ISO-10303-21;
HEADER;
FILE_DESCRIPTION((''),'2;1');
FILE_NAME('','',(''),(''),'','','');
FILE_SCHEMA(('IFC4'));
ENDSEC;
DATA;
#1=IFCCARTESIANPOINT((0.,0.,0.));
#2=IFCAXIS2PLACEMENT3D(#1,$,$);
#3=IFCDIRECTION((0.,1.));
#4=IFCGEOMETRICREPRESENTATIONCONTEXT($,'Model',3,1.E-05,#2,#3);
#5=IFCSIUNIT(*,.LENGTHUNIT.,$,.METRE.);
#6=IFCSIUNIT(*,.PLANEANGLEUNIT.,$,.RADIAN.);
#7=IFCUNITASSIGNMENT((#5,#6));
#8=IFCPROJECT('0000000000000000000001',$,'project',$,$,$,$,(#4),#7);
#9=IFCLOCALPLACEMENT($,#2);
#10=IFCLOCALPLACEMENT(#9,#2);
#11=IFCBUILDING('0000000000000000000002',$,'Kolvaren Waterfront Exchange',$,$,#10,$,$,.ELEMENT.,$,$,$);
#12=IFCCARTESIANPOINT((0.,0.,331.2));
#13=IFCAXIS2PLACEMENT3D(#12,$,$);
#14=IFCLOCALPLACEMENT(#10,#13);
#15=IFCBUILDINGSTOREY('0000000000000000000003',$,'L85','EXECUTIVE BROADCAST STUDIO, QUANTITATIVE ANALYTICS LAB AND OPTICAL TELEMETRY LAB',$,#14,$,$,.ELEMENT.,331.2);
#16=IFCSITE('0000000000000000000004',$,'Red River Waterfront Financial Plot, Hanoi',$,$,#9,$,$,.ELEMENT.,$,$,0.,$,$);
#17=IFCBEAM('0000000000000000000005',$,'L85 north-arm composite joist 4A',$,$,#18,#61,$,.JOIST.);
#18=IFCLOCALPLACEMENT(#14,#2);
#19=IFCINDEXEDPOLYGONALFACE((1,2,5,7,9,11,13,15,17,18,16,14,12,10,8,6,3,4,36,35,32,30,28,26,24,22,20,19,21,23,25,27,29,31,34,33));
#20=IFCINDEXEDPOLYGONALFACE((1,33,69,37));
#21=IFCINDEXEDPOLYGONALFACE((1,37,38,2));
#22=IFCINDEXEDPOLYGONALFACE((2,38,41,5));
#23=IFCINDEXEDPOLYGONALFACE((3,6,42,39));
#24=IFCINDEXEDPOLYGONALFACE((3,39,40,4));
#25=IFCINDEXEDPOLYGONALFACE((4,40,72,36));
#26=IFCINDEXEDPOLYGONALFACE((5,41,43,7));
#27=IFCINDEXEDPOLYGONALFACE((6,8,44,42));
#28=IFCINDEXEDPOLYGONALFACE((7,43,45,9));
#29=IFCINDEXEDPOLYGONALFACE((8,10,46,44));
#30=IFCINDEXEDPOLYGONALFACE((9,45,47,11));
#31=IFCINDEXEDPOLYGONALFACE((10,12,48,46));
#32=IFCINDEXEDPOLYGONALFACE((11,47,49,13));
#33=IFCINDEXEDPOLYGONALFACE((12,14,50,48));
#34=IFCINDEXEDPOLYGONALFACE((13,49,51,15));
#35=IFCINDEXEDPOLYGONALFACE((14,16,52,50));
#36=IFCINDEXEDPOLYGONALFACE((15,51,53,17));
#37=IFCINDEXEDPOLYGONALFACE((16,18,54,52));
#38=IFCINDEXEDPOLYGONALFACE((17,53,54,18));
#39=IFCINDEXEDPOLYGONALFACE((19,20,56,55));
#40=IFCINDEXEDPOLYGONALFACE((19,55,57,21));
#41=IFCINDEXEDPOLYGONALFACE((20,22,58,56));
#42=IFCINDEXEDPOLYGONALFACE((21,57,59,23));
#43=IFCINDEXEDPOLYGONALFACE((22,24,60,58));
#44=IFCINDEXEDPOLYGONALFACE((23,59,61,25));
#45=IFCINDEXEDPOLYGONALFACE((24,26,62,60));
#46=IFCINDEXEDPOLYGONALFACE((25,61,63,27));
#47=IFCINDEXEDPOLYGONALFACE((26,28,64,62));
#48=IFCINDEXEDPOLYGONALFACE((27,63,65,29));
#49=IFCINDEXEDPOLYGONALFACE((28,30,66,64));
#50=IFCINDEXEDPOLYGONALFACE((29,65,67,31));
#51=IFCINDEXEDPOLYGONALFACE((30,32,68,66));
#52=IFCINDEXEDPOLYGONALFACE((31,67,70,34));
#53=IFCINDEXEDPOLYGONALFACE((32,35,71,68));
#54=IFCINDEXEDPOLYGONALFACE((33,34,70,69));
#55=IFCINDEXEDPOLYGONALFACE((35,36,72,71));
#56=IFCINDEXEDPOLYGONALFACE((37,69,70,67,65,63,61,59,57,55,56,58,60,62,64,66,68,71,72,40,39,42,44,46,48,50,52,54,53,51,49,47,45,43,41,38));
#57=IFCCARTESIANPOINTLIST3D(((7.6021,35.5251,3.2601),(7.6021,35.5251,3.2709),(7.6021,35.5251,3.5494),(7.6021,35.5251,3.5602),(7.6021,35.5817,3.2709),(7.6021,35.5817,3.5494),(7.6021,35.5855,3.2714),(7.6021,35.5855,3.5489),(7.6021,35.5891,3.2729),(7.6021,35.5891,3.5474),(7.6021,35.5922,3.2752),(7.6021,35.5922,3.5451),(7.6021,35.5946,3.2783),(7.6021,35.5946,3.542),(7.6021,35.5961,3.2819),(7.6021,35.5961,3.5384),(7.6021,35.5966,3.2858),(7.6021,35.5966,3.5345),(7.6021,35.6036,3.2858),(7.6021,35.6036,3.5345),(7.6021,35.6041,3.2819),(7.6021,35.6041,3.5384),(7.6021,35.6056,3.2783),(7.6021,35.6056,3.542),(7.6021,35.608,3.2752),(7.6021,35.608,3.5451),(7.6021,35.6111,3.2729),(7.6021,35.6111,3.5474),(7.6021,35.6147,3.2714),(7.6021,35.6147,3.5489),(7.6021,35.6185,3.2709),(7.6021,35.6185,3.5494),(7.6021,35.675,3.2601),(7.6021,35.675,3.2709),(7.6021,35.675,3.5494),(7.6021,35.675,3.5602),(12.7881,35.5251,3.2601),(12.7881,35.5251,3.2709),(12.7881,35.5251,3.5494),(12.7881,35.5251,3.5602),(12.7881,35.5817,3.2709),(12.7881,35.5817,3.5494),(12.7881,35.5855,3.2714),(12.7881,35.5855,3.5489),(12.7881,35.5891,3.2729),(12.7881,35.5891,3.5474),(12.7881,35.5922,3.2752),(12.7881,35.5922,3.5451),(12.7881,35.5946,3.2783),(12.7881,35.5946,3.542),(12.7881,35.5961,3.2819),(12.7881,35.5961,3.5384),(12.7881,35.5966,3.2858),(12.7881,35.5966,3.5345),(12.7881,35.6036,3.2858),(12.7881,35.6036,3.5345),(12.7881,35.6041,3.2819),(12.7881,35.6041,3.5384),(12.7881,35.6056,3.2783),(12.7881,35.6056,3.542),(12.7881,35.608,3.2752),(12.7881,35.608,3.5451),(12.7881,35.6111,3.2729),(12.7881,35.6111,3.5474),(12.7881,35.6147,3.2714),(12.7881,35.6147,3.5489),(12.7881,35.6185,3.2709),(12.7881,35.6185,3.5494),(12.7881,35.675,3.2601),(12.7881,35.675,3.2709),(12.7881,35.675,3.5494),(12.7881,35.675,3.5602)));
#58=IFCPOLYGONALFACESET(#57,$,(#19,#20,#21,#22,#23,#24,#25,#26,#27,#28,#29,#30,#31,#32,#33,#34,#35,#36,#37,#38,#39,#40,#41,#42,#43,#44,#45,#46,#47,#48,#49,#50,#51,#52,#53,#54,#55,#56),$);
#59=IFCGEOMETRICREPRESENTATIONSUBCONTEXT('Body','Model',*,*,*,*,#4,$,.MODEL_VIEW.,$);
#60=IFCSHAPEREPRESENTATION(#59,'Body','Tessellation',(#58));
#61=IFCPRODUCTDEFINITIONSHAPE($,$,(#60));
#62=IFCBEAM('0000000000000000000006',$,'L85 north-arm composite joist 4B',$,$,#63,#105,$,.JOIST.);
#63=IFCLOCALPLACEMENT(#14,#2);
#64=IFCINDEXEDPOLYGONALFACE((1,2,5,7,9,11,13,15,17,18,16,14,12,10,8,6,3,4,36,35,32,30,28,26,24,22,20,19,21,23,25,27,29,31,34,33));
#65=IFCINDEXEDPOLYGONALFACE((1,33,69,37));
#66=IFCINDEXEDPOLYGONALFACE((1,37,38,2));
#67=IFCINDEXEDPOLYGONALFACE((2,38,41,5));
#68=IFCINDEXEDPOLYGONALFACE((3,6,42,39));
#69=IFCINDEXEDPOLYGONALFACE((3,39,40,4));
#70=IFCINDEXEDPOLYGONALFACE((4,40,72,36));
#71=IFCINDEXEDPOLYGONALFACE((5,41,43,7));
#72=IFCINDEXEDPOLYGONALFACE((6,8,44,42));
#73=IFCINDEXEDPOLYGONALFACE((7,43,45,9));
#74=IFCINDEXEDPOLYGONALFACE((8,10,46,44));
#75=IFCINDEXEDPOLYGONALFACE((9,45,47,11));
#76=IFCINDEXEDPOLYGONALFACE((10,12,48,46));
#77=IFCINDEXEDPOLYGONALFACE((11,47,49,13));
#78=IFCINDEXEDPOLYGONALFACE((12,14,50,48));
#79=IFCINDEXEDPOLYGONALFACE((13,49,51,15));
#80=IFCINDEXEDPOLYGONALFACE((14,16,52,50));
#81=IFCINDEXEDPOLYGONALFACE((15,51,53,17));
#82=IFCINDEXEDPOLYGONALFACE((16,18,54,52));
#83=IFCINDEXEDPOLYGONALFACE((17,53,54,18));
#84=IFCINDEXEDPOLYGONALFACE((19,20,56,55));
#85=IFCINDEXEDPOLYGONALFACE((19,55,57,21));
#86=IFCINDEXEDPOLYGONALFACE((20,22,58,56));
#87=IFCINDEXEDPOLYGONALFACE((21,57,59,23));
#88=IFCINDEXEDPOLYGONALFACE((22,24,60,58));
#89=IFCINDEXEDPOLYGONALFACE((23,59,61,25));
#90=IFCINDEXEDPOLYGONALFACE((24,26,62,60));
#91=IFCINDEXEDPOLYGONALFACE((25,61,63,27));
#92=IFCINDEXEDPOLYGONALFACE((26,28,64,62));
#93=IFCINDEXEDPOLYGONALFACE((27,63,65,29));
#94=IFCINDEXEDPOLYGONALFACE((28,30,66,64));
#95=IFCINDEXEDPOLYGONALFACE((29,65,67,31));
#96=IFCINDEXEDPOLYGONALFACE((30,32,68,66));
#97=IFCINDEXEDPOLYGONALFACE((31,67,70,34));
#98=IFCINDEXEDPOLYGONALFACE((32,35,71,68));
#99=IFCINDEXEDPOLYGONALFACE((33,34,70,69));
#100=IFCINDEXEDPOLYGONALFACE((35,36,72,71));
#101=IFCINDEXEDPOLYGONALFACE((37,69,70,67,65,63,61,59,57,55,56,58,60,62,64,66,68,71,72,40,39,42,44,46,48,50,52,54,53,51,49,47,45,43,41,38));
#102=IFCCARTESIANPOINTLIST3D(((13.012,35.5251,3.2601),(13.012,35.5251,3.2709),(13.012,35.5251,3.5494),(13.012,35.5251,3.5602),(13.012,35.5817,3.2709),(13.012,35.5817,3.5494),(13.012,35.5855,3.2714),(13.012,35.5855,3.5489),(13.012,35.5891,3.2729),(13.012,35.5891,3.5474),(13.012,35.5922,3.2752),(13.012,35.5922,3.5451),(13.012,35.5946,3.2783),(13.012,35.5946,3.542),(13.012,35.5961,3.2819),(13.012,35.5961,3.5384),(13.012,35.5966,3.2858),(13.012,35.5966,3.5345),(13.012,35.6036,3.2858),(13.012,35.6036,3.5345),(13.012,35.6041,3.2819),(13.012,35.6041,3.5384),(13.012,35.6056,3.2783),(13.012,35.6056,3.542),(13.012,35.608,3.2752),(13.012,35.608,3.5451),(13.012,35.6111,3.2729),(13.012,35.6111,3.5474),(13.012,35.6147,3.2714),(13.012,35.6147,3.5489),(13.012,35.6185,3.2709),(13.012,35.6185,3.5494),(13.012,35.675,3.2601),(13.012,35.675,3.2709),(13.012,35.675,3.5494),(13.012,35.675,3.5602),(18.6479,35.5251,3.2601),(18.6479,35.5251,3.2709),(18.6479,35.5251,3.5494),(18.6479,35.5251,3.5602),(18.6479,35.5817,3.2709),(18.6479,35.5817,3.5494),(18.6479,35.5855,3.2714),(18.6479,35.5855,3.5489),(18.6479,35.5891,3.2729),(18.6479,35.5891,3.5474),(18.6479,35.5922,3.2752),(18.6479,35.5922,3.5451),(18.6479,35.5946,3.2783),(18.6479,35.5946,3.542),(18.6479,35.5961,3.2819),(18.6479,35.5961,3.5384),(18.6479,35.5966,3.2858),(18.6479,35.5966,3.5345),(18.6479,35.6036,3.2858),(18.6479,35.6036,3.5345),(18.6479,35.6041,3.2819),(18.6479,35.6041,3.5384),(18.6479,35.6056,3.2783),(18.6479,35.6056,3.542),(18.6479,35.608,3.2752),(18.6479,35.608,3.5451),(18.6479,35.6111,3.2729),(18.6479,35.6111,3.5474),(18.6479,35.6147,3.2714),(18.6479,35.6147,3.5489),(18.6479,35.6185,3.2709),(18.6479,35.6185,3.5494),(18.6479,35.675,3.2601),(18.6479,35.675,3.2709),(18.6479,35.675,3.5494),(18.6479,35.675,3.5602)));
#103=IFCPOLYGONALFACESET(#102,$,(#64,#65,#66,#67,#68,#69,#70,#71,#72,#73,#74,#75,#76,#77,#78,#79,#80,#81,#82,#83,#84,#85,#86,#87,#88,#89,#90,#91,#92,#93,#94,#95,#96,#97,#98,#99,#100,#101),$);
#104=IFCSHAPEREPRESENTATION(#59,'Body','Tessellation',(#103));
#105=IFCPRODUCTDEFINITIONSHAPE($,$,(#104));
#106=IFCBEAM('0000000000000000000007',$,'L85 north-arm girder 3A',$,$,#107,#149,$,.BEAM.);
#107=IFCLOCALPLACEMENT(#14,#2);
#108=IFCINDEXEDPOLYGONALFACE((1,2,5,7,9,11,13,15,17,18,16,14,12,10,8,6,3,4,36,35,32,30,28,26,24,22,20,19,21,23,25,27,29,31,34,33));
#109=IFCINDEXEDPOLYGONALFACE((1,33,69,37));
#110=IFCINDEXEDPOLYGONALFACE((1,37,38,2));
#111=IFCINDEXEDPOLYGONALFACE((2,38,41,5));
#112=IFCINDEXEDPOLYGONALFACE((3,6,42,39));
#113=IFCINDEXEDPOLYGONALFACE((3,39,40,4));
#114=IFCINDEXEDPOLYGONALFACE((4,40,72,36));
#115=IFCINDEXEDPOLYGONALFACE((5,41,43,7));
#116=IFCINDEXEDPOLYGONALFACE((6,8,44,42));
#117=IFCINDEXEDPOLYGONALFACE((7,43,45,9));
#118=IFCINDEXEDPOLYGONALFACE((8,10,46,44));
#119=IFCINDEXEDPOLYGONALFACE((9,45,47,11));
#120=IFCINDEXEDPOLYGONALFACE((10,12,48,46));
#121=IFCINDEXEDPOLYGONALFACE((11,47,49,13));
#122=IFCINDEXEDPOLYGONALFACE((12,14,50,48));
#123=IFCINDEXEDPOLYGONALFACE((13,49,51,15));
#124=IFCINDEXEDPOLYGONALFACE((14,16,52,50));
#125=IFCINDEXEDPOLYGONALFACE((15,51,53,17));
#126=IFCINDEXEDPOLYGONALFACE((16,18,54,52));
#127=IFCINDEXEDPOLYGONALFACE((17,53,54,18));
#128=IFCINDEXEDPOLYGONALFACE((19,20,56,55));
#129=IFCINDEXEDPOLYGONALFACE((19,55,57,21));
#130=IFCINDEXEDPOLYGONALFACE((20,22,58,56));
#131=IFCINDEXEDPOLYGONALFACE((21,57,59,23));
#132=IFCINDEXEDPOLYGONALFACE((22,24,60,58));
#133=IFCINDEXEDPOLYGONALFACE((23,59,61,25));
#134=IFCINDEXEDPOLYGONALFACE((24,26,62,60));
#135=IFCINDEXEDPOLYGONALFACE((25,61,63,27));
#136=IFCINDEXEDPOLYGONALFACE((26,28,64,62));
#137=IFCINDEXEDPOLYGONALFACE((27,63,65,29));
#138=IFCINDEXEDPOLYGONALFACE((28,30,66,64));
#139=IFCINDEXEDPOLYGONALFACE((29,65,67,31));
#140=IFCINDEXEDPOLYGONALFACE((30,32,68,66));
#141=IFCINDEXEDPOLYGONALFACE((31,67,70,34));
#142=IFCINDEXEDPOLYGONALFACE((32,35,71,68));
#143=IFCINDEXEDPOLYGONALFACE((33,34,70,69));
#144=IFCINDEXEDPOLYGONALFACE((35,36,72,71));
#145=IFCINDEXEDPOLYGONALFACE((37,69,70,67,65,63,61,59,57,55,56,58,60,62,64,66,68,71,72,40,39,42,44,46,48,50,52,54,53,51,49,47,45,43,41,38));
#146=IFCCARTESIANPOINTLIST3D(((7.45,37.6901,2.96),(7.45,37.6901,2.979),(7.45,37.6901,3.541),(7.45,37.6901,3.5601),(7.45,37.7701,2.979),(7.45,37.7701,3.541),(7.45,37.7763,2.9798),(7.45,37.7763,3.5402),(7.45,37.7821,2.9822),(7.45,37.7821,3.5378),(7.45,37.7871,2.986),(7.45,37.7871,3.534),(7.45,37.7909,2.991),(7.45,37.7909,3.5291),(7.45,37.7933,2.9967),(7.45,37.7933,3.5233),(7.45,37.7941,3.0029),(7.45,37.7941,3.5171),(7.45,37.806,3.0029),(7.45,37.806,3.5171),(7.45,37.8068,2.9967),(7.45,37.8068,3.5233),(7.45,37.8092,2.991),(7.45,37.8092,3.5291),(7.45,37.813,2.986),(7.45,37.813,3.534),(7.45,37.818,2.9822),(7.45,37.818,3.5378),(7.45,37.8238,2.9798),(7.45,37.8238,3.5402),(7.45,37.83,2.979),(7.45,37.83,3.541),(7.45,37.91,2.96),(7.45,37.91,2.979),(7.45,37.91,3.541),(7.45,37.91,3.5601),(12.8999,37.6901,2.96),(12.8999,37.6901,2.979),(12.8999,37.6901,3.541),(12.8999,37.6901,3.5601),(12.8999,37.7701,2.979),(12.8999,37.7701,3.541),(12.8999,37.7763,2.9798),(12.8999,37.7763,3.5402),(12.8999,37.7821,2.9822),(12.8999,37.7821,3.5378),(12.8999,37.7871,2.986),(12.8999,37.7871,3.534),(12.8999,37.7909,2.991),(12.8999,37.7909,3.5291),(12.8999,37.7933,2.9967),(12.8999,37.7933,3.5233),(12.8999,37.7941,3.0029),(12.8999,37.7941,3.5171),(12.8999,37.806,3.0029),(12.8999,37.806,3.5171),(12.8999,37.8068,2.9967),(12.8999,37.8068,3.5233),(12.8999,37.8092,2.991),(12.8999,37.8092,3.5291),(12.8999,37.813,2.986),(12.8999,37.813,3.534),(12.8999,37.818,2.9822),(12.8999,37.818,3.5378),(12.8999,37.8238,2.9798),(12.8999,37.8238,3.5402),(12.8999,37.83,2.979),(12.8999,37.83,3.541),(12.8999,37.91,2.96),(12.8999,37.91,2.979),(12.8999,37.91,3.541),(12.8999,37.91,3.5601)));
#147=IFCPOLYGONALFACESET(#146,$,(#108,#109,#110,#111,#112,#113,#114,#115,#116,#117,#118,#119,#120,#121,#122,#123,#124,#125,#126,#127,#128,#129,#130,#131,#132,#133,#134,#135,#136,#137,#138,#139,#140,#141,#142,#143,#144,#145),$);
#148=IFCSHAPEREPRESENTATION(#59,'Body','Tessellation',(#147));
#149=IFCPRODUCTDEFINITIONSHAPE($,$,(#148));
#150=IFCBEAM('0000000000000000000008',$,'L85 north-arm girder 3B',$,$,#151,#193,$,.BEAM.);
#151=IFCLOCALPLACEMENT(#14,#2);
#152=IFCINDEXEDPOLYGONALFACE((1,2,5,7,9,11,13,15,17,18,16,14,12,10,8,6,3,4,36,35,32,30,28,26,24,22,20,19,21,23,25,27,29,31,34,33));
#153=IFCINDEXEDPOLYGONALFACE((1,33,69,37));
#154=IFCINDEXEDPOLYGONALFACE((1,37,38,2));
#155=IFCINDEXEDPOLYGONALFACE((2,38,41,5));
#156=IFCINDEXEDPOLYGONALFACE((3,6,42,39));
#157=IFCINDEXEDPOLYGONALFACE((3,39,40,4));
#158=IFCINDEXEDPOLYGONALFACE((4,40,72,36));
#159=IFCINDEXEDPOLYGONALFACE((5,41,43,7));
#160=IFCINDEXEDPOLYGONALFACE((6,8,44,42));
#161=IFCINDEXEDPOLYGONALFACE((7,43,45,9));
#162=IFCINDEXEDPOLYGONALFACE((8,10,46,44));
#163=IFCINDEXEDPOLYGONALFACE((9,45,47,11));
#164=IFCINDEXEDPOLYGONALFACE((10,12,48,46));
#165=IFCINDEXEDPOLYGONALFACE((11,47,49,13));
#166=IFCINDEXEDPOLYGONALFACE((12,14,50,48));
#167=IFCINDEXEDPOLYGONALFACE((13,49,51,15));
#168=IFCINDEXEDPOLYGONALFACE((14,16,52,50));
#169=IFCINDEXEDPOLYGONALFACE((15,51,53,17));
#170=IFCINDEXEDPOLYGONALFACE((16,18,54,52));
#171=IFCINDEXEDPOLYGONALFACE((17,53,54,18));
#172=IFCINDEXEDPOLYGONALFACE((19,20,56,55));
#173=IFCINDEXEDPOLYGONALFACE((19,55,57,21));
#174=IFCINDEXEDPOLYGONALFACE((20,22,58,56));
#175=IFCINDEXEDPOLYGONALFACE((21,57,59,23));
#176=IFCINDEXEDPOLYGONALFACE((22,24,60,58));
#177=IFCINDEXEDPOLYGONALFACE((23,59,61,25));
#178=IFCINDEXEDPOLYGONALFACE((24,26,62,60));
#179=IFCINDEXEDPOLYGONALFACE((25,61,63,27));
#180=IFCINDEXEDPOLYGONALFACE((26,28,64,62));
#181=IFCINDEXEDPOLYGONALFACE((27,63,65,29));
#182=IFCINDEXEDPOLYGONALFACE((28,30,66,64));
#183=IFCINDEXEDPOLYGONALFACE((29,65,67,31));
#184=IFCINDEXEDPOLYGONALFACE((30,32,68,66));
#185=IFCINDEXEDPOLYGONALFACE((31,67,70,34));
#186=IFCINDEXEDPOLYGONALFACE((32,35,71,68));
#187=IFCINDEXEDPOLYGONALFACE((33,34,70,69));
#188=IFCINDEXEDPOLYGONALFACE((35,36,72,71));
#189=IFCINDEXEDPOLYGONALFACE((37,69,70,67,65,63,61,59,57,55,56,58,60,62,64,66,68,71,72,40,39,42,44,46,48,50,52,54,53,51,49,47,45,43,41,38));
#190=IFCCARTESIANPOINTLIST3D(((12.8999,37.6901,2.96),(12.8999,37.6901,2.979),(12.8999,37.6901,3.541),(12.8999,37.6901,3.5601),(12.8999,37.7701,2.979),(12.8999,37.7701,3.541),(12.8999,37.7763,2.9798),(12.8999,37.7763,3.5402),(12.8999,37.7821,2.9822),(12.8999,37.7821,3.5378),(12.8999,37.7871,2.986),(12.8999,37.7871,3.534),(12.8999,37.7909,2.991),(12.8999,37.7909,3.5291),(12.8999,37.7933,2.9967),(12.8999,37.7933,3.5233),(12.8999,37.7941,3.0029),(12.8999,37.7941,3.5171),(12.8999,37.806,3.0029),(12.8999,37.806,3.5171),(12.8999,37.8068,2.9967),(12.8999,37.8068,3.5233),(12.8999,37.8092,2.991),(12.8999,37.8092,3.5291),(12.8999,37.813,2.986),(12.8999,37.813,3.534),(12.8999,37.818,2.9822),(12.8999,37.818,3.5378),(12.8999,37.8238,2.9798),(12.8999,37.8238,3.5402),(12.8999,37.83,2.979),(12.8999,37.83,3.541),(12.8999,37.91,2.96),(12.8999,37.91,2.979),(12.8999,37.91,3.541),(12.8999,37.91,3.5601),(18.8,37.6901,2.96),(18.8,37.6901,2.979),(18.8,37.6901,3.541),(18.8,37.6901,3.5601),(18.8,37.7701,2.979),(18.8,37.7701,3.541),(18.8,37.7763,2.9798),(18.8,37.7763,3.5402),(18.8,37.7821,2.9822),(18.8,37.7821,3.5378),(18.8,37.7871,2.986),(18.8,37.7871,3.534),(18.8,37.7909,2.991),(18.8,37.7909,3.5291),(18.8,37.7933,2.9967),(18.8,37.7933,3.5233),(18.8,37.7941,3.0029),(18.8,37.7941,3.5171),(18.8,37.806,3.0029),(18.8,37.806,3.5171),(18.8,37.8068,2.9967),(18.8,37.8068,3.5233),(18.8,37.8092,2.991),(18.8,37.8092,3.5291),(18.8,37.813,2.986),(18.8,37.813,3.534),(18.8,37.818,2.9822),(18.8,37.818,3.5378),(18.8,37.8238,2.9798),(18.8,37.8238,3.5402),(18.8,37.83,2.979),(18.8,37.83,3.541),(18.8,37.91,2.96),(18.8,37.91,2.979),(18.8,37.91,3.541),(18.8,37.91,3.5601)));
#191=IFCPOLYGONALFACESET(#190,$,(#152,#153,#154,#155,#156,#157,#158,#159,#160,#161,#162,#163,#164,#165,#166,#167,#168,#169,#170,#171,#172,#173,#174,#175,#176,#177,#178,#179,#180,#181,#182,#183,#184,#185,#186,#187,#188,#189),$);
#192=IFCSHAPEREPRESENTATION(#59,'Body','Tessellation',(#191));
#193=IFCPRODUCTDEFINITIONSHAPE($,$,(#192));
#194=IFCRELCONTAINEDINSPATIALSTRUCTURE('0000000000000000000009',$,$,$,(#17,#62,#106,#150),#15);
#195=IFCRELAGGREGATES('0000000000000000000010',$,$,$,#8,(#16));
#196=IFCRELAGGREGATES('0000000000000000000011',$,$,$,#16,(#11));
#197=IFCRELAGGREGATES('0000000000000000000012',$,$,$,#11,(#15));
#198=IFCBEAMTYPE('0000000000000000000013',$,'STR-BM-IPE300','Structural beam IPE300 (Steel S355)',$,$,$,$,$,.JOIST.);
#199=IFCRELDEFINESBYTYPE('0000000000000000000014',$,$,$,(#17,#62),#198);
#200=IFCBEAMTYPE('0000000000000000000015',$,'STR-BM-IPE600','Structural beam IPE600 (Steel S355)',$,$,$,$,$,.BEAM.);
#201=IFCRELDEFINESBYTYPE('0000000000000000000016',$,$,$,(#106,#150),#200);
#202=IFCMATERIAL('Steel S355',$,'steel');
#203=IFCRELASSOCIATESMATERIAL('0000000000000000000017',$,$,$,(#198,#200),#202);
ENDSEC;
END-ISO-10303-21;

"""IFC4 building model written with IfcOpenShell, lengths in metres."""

from ifc_helpers import new_model, si_unit, direction, frame, origin, origin_2d, place, context, subcontext, project, spatial, i_section, extrude, material, material_profile, profile_set, type_object, element, save


model = new_model("IFC4")

# Units and contexts
model_context = context("Model", 3, precision=1e-05, world=origin(), true_north=direction((0.0, 1.0)))
body_context = subcontext(model_context, "Body", "Model", "MODEL_VIEW")
ifc_project = project(units=[si_unit("LENGTHUNIT", "METRE"), si_unit("PLANEANGLEUNIT", "RADIAN")], contexts=[model_context])

# Site, building, storey
site_placement = place(None, origin())
site = spatial("IfcSite", under=ifc_project, at=site_placement, Name="Red River Waterfront Financial Plot, Hanoi", CompositionType="ELEMENT", RefElevation=0.0)
building_placement = place(site_placement, origin())
building = spatial("IfcBuilding", under=site, at=building_placement, Name="Kolvaren Waterfront Exchange", CompositionType="ELEMENT")
storey_placement = place(building_placement, frame((0.0, 0.0, 331.2)))
storey = spatial("IfcBuildingStorey", under=building, at=storey_placement, Name="L85", Description="EXECUTIVE BROADCAST STUDIO, QUANTITATIVE ANALYTICS LAB AND OPTICAL TELEMETRY LAB", CompositionType="ELEMENT", Elevation=331.2)

# Beams
ifc_material_1 = material(Name="Steel S355", Category="steel")
ifc_material_profile_1 = material_profile(ifc_material_1, i_section(OverallWidth=0.1499, OverallDepth=0.3, WebThickness=0.0071, FlangeThickness=0.0107, FilletRadius=0.0149, at=origin_2d()), Name="IPE300")
ifc_profile_set_1 = profile_set([ifc_material_profile_1], Name="Steel S355")
beam_type_1 = type_object("IfcBeamType", Name="STR-BM-IPE300", Description="Structural beam IPE300 (Steel S355)", PredefinedType="JOIST", material=ifc_profile_set_1)
beam_1_placement = place(storey_placement, frame((7.6021, 35.6001, 3.4102), z_axis=(1.0, 0.0, 0.0), x_axis=(0.0, 1.0, 0.0)))
element("IfcBeam", 1, at=beam_1_placement, inside=storey, type_object=beam_type_1, Name="L85 north-arm composite joist 4A", PredefinedType="JOIST", context=body_context, shape_type="SweptSolid", body=[
    extrude(i_section(OverallWidth=0.1499, OverallDepth=0.3, WebThickness=0.0071, FlangeThickness=0.0107, FilletRadius=0.0149, at=origin_2d()), origin(), (0.0, 0.0, 1.0), 5.186),
])
beam_2_placement = place(storey_placement, frame((13.012, 35.6001, 3.4102), z_axis=(1.0, 0.0, 0.0), x_axis=(0.0, 1.0, 0.0)))
element("IfcBeam", 2, at=beam_2_placement, inside=storey, type_object=beam_type_1, Name="L85 north-arm composite joist 4B", PredefinedType="JOIST", context=body_context, shape_type="SweptSolid", body=[
    extrude(i_section(OverallWidth=0.1499, OverallDepth=0.3, WebThickness=0.0071, FlangeThickness=0.0107, FilletRadius=0.0149, at=origin_2d()), origin(), (0.0, 0.0, 1.0), 5.636),
])
ifc_material_profile_2 = material_profile(ifc_material_1, i_section(OverallWidth=0.22, OverallDepth=0.6001, WebThickness=0.012, FlangeThickness=0.019, FilletRadius=0.0239, at=origin_2d()), Name="IPE600")
ifc_profile_set_2 = profile_set([ifc_material_profile_2], Name="Steel S355")
beam_type_2 = type_object("IfcBeamType", Name="STR-BM-IPE600", Description="Structural beam IPE600 (Steel S355)", PredefinedType="BEAM", material=ifc_profile_set_2)
beam_3_placement = place(storey_placement, frame((7.45, 37.8, 3.26), z_axis=(1.0, 0.0, 0.0), x_axis=(0.0, 1.0, 0.0)))
element("IfcBeam", 3, at=beam_3_placement, inside=storey, type_object=beam_type_2, Name="L85 north-arm girder 3A", PredefinedType="BEAM", context=body_context, shape_type="SweptSolid", body=[
    extrude(i_section(OverallWidth=0.22, OverallDepth=0.6001, WebThickness=0.012, FlangeThickness=0.019, FilletRadius=0.0239, at=origin_2d()), origin(), (0.0, 0.0, 1.0), 5.45),
])
beam_4_placement = place(storey_placement, frame((12.8999, 37.8, 3.26), z_axis=(1.0, 0.0, 0.0), x_axis=(0.0, 1.0, 0.0)))
element("IfcBeam", 4, at=beam_4_placement, inside=storey, type_object=beam_type_2, Name="L85 north-arm girder 3B", PredefinedType="BEAM", context=body_context, shape_type="SweptSolid", body=[
    extrude(i_section(OverallWidth=0.22, OverallDepth=0.6001, WebThickness=0.012, FlangeThickness=0.019, FilletRadius=0.0239, at=origin_2d()), origin(), (0.0, 0.0, 1.0), 5.9001),
])

save(model, "model.ifc")
